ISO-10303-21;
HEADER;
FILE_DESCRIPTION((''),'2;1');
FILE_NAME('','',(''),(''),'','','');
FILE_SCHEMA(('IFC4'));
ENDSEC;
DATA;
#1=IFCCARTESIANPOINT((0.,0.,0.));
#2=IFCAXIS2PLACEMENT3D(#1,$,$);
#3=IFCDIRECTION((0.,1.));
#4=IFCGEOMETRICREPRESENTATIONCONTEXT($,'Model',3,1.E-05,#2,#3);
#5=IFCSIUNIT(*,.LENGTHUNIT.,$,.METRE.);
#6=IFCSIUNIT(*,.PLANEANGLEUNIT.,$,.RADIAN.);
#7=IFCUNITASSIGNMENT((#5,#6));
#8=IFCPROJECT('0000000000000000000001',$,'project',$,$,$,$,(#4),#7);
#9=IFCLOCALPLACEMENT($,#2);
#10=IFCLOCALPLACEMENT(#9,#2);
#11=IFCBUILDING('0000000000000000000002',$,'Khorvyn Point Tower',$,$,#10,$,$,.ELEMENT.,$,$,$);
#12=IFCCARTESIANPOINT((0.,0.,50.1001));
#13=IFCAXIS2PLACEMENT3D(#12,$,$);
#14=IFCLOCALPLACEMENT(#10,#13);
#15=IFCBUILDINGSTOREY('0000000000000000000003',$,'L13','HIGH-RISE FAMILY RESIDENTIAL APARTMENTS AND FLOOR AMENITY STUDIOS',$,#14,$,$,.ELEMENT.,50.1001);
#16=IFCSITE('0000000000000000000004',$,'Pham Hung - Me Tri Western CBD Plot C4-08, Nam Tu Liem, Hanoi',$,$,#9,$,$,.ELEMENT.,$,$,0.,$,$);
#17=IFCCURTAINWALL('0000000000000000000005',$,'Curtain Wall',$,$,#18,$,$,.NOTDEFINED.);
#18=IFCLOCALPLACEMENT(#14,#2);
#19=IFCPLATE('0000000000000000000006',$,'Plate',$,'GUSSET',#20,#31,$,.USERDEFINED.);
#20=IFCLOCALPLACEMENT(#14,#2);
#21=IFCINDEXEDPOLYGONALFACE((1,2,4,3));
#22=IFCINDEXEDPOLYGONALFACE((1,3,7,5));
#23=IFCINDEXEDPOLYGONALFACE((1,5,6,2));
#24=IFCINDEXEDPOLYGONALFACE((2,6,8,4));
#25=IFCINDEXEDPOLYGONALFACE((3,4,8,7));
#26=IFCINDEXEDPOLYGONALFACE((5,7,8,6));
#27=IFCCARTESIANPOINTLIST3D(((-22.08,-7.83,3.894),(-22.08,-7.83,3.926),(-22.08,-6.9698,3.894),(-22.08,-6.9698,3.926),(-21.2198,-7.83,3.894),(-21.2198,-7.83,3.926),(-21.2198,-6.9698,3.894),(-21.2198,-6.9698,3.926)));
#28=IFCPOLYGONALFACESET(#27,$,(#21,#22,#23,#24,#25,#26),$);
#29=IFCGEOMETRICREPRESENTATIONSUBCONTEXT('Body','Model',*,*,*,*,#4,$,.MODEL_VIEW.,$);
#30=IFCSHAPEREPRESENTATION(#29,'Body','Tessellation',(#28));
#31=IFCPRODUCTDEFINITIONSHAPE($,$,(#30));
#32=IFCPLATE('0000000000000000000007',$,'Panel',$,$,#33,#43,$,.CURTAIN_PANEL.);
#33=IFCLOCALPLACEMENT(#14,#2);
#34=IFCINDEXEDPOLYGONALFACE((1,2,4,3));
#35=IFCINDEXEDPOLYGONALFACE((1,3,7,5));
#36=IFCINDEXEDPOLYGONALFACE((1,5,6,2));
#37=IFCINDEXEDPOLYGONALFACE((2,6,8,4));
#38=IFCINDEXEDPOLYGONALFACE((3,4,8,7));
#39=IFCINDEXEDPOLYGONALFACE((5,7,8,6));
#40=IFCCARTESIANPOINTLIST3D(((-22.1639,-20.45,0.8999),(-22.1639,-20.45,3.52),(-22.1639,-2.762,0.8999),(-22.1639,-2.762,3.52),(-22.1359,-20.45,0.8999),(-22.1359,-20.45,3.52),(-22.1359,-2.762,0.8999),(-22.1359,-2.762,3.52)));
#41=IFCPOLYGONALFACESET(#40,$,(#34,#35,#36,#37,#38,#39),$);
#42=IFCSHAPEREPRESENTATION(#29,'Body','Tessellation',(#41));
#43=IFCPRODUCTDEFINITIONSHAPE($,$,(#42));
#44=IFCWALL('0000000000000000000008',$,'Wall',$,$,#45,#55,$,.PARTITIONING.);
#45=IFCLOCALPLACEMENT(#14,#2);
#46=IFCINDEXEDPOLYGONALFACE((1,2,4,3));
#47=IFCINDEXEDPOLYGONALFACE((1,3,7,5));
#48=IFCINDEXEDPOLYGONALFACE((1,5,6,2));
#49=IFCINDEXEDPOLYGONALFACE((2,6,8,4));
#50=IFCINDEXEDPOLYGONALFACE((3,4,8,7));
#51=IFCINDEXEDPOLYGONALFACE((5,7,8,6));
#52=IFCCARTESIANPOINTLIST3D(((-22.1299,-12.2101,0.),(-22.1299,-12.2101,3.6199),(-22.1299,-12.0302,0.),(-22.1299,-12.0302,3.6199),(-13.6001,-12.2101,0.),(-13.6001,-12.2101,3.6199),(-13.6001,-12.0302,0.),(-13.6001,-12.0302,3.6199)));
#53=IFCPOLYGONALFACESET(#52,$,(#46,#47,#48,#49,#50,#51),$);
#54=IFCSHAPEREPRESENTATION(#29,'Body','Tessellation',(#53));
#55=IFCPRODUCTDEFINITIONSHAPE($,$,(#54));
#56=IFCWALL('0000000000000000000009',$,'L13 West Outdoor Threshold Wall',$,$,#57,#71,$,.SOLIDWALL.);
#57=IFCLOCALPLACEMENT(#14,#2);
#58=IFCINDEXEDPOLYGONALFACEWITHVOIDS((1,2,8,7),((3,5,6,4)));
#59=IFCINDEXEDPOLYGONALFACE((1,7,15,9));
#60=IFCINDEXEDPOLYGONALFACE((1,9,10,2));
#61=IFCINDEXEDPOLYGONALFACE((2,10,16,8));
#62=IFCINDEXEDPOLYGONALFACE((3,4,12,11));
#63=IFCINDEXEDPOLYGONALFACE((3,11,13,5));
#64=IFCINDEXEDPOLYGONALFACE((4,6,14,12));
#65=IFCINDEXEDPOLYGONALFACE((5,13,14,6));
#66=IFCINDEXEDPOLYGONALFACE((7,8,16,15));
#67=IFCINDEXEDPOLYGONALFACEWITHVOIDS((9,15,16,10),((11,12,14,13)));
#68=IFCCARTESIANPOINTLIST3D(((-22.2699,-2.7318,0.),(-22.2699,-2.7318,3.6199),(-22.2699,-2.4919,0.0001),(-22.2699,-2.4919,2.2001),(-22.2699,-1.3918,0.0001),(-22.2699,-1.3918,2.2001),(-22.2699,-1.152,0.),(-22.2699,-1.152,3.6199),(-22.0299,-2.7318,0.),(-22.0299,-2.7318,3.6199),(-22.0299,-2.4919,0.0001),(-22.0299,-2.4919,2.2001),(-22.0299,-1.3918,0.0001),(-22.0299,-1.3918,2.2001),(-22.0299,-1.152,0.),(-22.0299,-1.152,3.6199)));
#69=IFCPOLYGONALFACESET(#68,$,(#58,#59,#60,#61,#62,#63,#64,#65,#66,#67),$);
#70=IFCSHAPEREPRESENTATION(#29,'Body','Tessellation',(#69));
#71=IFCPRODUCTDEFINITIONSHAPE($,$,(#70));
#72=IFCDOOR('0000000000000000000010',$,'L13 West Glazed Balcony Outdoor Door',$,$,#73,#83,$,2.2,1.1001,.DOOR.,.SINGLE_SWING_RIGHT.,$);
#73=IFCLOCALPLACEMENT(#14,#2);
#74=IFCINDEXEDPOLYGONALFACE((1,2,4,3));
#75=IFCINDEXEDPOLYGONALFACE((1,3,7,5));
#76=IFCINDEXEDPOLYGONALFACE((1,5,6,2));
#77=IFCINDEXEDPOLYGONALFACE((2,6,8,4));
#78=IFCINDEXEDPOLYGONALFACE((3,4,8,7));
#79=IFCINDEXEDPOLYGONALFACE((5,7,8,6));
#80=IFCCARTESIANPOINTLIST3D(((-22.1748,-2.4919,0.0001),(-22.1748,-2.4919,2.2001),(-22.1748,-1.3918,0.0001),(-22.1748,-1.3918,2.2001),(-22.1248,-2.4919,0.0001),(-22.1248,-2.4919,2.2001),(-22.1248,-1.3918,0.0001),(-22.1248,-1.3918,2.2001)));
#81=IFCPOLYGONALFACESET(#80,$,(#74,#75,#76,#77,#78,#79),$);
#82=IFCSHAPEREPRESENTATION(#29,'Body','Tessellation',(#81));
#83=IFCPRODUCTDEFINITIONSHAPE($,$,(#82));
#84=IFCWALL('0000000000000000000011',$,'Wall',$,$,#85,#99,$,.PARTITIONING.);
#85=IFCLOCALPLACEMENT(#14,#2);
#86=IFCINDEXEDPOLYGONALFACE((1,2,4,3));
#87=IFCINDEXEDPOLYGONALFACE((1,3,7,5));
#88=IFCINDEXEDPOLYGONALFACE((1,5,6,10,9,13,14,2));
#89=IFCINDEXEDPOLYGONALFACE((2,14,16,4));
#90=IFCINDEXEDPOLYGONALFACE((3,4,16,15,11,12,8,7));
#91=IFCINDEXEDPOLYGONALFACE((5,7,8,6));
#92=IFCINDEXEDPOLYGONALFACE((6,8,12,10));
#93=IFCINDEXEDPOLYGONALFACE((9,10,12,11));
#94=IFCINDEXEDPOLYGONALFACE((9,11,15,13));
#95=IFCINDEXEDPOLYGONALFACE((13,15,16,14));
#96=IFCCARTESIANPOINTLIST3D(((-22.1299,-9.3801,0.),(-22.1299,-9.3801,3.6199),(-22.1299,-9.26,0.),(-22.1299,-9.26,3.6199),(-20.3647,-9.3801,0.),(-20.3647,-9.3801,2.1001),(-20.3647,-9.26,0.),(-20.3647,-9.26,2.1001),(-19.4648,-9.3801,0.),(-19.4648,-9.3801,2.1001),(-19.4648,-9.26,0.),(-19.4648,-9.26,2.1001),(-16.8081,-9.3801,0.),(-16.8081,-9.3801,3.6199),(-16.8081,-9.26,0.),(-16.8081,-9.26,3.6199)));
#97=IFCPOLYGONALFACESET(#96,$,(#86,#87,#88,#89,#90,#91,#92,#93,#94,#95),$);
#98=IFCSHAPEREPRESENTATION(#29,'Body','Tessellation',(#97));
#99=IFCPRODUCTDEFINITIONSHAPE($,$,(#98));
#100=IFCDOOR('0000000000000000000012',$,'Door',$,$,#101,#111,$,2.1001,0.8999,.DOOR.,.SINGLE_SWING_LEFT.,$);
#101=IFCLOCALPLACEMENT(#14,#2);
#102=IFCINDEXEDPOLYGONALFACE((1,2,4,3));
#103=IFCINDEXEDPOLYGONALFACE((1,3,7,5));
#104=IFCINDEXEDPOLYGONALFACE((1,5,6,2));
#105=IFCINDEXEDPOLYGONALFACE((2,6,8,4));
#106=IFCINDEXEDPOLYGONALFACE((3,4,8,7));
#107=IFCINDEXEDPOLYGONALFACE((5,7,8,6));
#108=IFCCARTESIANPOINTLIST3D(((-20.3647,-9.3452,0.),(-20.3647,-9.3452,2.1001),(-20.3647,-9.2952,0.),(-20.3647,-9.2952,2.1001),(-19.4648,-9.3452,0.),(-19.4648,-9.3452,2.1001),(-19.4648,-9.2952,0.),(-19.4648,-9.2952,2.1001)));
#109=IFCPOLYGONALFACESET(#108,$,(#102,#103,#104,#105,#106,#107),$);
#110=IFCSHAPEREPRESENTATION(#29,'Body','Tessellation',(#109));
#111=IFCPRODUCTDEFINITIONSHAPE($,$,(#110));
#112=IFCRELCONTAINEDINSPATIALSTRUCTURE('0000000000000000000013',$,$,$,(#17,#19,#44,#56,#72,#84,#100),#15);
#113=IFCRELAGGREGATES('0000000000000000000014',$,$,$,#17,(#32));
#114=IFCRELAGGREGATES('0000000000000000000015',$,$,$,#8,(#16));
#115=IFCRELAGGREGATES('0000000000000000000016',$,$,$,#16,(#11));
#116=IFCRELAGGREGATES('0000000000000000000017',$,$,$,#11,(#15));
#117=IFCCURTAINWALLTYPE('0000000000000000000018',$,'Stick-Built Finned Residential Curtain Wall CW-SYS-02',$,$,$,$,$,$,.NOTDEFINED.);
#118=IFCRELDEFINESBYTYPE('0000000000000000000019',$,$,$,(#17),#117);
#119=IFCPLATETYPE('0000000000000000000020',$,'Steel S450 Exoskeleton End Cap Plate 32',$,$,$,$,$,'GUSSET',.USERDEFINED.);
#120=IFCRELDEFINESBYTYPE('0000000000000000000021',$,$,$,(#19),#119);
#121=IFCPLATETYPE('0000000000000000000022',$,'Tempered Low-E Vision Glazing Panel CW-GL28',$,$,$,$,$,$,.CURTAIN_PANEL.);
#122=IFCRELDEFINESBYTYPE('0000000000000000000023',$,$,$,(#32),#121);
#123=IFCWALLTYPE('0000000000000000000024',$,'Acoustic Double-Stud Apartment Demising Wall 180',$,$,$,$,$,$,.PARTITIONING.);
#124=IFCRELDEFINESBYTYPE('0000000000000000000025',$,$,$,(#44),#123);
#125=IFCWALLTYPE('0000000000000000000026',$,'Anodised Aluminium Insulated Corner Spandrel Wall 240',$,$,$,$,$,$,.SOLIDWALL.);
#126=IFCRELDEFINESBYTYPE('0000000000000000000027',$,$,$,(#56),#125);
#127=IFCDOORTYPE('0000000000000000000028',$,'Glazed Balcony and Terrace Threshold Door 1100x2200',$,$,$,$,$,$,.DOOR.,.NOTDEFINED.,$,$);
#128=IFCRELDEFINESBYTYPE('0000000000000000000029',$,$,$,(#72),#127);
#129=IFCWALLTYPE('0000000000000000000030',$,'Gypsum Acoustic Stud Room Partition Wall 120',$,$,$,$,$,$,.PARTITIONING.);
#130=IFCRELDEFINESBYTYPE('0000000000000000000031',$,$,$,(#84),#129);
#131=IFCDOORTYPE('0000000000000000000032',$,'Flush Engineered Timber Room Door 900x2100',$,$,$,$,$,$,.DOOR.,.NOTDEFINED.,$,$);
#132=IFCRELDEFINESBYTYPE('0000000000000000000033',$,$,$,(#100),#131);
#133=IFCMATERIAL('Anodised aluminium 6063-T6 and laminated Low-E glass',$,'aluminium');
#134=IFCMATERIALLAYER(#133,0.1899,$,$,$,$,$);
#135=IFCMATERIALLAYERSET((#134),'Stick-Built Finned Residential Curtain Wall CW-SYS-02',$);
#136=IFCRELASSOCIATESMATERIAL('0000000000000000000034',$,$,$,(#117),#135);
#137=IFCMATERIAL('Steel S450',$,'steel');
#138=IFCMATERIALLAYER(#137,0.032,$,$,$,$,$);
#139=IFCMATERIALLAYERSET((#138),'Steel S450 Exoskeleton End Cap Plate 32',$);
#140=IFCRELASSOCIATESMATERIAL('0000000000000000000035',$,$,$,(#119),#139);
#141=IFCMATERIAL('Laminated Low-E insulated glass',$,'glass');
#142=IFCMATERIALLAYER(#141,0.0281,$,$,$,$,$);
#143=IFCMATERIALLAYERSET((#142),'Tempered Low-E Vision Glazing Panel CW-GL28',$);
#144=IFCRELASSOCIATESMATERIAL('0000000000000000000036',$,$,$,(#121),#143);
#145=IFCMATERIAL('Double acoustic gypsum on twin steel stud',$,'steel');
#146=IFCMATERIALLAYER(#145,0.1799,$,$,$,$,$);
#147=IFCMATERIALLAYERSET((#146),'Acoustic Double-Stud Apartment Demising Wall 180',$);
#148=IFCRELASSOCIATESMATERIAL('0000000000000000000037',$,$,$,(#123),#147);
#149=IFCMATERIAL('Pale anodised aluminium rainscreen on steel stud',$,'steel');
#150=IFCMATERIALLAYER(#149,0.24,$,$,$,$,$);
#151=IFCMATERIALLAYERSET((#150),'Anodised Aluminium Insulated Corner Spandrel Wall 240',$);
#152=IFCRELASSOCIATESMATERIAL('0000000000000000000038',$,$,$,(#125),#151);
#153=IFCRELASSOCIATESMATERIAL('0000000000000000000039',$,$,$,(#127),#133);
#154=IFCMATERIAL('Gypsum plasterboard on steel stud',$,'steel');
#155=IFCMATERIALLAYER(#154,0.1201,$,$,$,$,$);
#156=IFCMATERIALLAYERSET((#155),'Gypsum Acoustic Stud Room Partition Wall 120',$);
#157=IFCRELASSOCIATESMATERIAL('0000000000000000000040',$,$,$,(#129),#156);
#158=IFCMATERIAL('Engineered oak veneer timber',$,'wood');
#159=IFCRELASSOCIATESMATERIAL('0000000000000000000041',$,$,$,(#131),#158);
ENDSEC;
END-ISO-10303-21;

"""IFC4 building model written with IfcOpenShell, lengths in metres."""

from ifc_helpers import new_model, si_unit, direction, frame, frame_2d, origin, origin_2d, place, context, subcontext, project, spatial, rectangle, extrude, material, layer, layer_set, type_object, element, fill, aggregate, save


model = new_model("IFC4")

# Units and contexts
model_context = context("Model", 3, precision=1e-05, world=origin(), true_north=direction((0.0, 1.0)))
body_context = subcontext(model_context, "Body", "Model", "MODEL_VIEW")
ifc_project = project(units=[si_unit("LENGTHUNIT", "METRE"), si_unit("PLANEANGLEUNIT", "RADIAN")], contexts=[model_context])

# Site, building, storey
site_placement = place(None, origin())
site = spatial("IfcSite", under=ifc_project, at=site_placement, Name="Pham Hung - Me Tri Western CBD Plot C4-08, Nam Tu Liem, Hanoi", CompositionType="ELEMENT", RefElevation=0.0)
building_placement = place(site_placement, origin())
building = spatial("IfcBuilding", under=site, at=building_placement, Name="Khorvyn Point Tower", CompositionType="ELEMENT")
storey_placement = place(building_placement, frame((0.0, 0.0, 50.1001)))
storey = spatial("IfcBuildingStorey", under=building, at=storey_placement, Name="L13", Description="HIGH-RISE FAMILY RESIDENTIAL APARTMENTS AND FLOOR AMENITY STUDIOS", CompositionType="ELEMENT", Elevation=50.1001)

# Shared definitions
ifc_material_1 = material(Name="Steel S450", Category="steel")

# Curtain wall
ifc_material_2 = material(Name="Anodised aluminium 6063-T6 and laminated Low-E glass", Category="aluminium")
ifc_layer_1 = layer(ifc_material_2, 0.1899)
ifc_layer_set_1 = layer_set([ifc_layer_1], Name="Stick-Built Finned Residential Curtain Wall CW-SYS-02")
curtain_wall_type = type_object("IfcCurtainWallType", Name="Stick-Built Finned Residential Curtain Wall CW-SYS-02", PredefinedType="NOTDEFINED", material=ifc_layer_set_1)
curtain_wall_placement = place(storey_placement, origin())
curtain_wall = element("IfcCurtainWall", 1, at=curtain_wall_placement, inside=storey, type_object=curtain_wall_type, Name="Curtain Wall", PredefinedType="NOTDEFINED")

# Plates
ifc_layer_2 = layer(ifc_material_1, 0.032)
ifc_layer_set_2 = layer_set([ifc_layer_2], Name="Steel S450 Exoskeleton End Cap Plate 32")
plate_type_1 = type_object("IfcPlateType", Name="Steel S450 Exoskeleton End Cap Plate 32", ElementType="GUSSET", PredefinedType="USERDEFINED", material=ifc_layer_set_2)
plate_1_placement = place(storey_placement, frame((-21.6499, -7.3999, 3.894), z_axis=(0.0, 0.0, 1.0), x_axis=(1.0, 0.0, 0.0)))
element("IfcPlate", 2, at=plate_1_placement, inside=storey, type_object=plate_type_1, Name="Plate", ObjectType="GUSSET", PredefinedType="USERDEFINED", context=body_context, shape_type="SweptSolid", body=[
    extrude(rectangle(XDim=0.8601, YDim=0.8601, at=origin_2d()), origin(), (0.0, 0.0, 1.0), 0.032),
])
ifc_material_3 = material(Name="Laminated Low-E insulated glass", Category="glass")
ifc_layer_3 = layer(ifc_material_3, 0.0281)
ifc_layer_set_3 = layer_set([ifc_layer_3], Name="Tempered Low-E Vision Glazing Panel CW-GL28")
plate_type_2 = type_object("IfcPlateType", Name="Tempered Low-E Vision Glazing Panel CW-GL28", PredefinedType="CURTAIN_PANEL", material=ifc_layer_set_3)
plate_2_placement = place(storey_placement, frame((-22.1499, -11.606, 0.8999), z_axis=(0.0, 0.0, 1.0), x_axis=(0.0, 1.0, 0.0)))
plate_2 = element("IfcPlate", 3, at=plate_2_placement, type_object=plate_type_2, Name="Panel", PredefinedType="CURTAIN_PANEL", context=body_context, shape_type="SweptSolid", body=[
    extrude(rectangle(XDim=17.688, YDim=0.0281, at=origin_2d()), origin(), (0.0, 0.0, 1.0), 2.6201),
])
aggregate(curtain_wall, [plate_2])

# Wall
ifc_material_4 = material(Name="Double acoustic gypsum on twin steel stud", Category="steel")
ifc_layer_4 = layer(ifc_material_4, 0.1799)
ifc_layer_set_4 = layer_set([ifc_layer_4], Name="Acoustic Double-Stud Apartment Demising Wall 180")
wall_type_1 = type_object("IfcWallType", Name="Acoustic Double-Stud Apartment Demising Wall 180", PredefinedType="PARTITIONING", material=ifc_layer_set_4)
wall_1_placement = place(storey_placement, frame((-22.1299, -12.1201, 0.0), z_axis=(0.0, 0.0, 1.0), x_axis=(1.0, 0.0, 0.0)))
element("IfcWall", 4, at=wall_1_placement, inside=storey, type_object=wall_type_1, Name="Wall", PredefinedType="PARTITIONING", context=body_context, shape_type="SweptSolid", body=[
    extrude(rectangle(XDim=8.5298, YDim=0.1799, at=frame_2d((4.2649, 0.0))), origin(), (0.0, 0.0, 1.0), 3.6199),
])

# Walls, openings, doors
ifc_material_5 = material(Name="Pale anodised aluminium rainscreen on steel stud", Category="steel")
ifc_layer_5 = layer(ifc_material_5, 0.24)
ifc_layer_set_5 = layer_set([ifc_layer_5], Name="Anodised Aluminium Insulated Corner Spandrel Wall 240")
wall_type_2 = type_object("IfcWallType", Name="Anodised Aluminium Insulated Corner Spandrel Wall 240", PredefinedType="SOLIDWALL", material=ifc_layer_set_5)
wall_2_placement = place(storey_placement, frame((-22.1499, -2.7319, 0.0), z_axis=(0.0, 0.0, 1.0), x_axis=(0.0, 1.0, 0.0)))
wall_2 = element("IfcWall", 5, at=wall_2_placement, inside=storey, type_object=wall_type_2, Name="L13 West Outdoor Threshold Wall", PredefinedType="SOLIDWALL", context=body_context, shape_type="SweptSolid", body=[
    extrude(rectangle(XDim=1.5798, YDim=0.24, at=frame_2d((0.79, 0.0))), origin(), (0.0, 0.0, 1.0), 3.6199),
])
opening_1_placement = place(wall_2_placement, frame((0.24, 0.0, 0.0)))
opening_1 = element("IfcOpeningElement", 6, at=opening_1_placement, cuts=wall_2, PredefinedType="OPENING", context=body_context, shape_type="SweptSolid", body=[
    extrude(rectangle(XDim=1.1001, YDim=2.2, at=frame_2d((0.55, 1.1001))), frame((0.0, 0.1299, 0.0), z_axis=(0.0, -1.0, 0.0), x_axis=(1.0, 0.0, 0.0)), (0.0, 0.0, 1.0), 0.26),
])
door_type_1 = type_object("IfcDoorType", Name="Glazed Balcony and Terrace Threshold Door 1100x2200", OperationType="NOTDEFINED", PredefinedType="DOOR", material=ifc_material_2)
door_1_placement = place(opening_1_placement, origin())
door_1 = element("IfcDoor", 7, at=door_1_placement, inside=storey, type_object=door_type_1, Name="L13 West Glazed Balcony Outdoor Door", OperationType="SINGLE_SWING_RIGHT", OverallHeight=2.2, OverallWidth=1.1001, PredefinedType="DOOR", context=body_context, shape_type="SweptSolid", body=[
    extrude(rectangle(XDim=1.1001, YDim=2.2, at=frame_2d((0.55, 1.1001))), frame((0.0, 0.0249, 0.0), z_axis=(0.0, -1.0, 0.0), x_axis=(1.0, 0.0, 0.0)), (0.0, 0.0, 1.0), 0.05),
])
fill(opening_1, door_1)
ifc_material_6 = material(Name="Gypsum plasterboard on steel stud", Category="steel")
ifc_layer_6 = layer(ifc_material_6, 0.1201)
ifc_layer_set_6 = layer_set([ifc_layer_6], Name="Gypsum Acoustic Stud Room Partition Wall 120")
wall_type_3 = type_object("IfcWallType", Name="Gypsum Acoustic Stud Room Partition Wall 120", PredefinedType="PARTITIONING", material=ifc_layer_set_6)
wall_3_placement = place(storey_placement, frame((-22.1299, -9.3201, 0.0), z_axis=(0.0, 0.0, 1.0), x_axis=(1.0, 0.0, 0.0)))
wall_3 = element("IfcWall", 8, at=wall_3_placement, inside=storey, type_object=wall_type_3, Name="Wall", PredefinedType="PARTITIONING", context=body_context, shape_type="SweptSolid", body=[
    extrude(rectangle(XDim=5.3218, YDim=0.1201, at=frame_2d((2.6609, 0.0))), origin(), (0.0, 0.0, 1.0), 3.6199),
])
opening_2_placement = place(wall_3_placement, frame((1.7651, 0.0, 0.0)))
opening_2 = element("IfcOpeningElement", 9, at=opening_2_placement, cuts=wall_3, PredefinedType="OPENING", context=body_context, shape_type="SweptSolid", body=[
    extrude(rectangle(XDim=0.8999, YDim=2.1001, at=frame_2d((0.45, 1.05))), frame((0.0, 0.0701, 0.0), z_axis=(0.0, -1.0, 0.0), x_axis=(1.0, 0.0, 0.0)), (0.0, 0.0, 1.0), 0.1401),
])
ifc_material_7 = material(Name="Engineered oak veneer timber", Category="wood")
door_type_2 = type_object("IfcDoorType", Name="Flush Engineered Timber Room Door 900x2100", OperationType="NOTDEFINED", PredefinedType="DOOR", material=ifc_material_7)
door_2_placement = place(opening_2_placement, origin())
door_2 = element("IfcDoor", 10, at=door_2_placement, inside=storey, type_object=door_type_2, Name="Door", OperationType="SINGLE_SWING_LEFT", OverallHeight=2.1001, OverallWidth=0.8999, PredefinedType="DOOR", context=body_context, shape_type="SweptSolid", body=[
    extrude(rectangle(XDim=0.8999, YDim=2.1001, at=frame_2d((0.45, 1.05))), frame((0.0, 0.0249, 0.0), z_axis=(0.0, -1.0, 0.0), x_axis=(1.0, 0.0, 0.0)), (0.0, 0.0, 1.0), 0.05),
])
fill(opening_2, door_2)

save(model, "model.ifc")
